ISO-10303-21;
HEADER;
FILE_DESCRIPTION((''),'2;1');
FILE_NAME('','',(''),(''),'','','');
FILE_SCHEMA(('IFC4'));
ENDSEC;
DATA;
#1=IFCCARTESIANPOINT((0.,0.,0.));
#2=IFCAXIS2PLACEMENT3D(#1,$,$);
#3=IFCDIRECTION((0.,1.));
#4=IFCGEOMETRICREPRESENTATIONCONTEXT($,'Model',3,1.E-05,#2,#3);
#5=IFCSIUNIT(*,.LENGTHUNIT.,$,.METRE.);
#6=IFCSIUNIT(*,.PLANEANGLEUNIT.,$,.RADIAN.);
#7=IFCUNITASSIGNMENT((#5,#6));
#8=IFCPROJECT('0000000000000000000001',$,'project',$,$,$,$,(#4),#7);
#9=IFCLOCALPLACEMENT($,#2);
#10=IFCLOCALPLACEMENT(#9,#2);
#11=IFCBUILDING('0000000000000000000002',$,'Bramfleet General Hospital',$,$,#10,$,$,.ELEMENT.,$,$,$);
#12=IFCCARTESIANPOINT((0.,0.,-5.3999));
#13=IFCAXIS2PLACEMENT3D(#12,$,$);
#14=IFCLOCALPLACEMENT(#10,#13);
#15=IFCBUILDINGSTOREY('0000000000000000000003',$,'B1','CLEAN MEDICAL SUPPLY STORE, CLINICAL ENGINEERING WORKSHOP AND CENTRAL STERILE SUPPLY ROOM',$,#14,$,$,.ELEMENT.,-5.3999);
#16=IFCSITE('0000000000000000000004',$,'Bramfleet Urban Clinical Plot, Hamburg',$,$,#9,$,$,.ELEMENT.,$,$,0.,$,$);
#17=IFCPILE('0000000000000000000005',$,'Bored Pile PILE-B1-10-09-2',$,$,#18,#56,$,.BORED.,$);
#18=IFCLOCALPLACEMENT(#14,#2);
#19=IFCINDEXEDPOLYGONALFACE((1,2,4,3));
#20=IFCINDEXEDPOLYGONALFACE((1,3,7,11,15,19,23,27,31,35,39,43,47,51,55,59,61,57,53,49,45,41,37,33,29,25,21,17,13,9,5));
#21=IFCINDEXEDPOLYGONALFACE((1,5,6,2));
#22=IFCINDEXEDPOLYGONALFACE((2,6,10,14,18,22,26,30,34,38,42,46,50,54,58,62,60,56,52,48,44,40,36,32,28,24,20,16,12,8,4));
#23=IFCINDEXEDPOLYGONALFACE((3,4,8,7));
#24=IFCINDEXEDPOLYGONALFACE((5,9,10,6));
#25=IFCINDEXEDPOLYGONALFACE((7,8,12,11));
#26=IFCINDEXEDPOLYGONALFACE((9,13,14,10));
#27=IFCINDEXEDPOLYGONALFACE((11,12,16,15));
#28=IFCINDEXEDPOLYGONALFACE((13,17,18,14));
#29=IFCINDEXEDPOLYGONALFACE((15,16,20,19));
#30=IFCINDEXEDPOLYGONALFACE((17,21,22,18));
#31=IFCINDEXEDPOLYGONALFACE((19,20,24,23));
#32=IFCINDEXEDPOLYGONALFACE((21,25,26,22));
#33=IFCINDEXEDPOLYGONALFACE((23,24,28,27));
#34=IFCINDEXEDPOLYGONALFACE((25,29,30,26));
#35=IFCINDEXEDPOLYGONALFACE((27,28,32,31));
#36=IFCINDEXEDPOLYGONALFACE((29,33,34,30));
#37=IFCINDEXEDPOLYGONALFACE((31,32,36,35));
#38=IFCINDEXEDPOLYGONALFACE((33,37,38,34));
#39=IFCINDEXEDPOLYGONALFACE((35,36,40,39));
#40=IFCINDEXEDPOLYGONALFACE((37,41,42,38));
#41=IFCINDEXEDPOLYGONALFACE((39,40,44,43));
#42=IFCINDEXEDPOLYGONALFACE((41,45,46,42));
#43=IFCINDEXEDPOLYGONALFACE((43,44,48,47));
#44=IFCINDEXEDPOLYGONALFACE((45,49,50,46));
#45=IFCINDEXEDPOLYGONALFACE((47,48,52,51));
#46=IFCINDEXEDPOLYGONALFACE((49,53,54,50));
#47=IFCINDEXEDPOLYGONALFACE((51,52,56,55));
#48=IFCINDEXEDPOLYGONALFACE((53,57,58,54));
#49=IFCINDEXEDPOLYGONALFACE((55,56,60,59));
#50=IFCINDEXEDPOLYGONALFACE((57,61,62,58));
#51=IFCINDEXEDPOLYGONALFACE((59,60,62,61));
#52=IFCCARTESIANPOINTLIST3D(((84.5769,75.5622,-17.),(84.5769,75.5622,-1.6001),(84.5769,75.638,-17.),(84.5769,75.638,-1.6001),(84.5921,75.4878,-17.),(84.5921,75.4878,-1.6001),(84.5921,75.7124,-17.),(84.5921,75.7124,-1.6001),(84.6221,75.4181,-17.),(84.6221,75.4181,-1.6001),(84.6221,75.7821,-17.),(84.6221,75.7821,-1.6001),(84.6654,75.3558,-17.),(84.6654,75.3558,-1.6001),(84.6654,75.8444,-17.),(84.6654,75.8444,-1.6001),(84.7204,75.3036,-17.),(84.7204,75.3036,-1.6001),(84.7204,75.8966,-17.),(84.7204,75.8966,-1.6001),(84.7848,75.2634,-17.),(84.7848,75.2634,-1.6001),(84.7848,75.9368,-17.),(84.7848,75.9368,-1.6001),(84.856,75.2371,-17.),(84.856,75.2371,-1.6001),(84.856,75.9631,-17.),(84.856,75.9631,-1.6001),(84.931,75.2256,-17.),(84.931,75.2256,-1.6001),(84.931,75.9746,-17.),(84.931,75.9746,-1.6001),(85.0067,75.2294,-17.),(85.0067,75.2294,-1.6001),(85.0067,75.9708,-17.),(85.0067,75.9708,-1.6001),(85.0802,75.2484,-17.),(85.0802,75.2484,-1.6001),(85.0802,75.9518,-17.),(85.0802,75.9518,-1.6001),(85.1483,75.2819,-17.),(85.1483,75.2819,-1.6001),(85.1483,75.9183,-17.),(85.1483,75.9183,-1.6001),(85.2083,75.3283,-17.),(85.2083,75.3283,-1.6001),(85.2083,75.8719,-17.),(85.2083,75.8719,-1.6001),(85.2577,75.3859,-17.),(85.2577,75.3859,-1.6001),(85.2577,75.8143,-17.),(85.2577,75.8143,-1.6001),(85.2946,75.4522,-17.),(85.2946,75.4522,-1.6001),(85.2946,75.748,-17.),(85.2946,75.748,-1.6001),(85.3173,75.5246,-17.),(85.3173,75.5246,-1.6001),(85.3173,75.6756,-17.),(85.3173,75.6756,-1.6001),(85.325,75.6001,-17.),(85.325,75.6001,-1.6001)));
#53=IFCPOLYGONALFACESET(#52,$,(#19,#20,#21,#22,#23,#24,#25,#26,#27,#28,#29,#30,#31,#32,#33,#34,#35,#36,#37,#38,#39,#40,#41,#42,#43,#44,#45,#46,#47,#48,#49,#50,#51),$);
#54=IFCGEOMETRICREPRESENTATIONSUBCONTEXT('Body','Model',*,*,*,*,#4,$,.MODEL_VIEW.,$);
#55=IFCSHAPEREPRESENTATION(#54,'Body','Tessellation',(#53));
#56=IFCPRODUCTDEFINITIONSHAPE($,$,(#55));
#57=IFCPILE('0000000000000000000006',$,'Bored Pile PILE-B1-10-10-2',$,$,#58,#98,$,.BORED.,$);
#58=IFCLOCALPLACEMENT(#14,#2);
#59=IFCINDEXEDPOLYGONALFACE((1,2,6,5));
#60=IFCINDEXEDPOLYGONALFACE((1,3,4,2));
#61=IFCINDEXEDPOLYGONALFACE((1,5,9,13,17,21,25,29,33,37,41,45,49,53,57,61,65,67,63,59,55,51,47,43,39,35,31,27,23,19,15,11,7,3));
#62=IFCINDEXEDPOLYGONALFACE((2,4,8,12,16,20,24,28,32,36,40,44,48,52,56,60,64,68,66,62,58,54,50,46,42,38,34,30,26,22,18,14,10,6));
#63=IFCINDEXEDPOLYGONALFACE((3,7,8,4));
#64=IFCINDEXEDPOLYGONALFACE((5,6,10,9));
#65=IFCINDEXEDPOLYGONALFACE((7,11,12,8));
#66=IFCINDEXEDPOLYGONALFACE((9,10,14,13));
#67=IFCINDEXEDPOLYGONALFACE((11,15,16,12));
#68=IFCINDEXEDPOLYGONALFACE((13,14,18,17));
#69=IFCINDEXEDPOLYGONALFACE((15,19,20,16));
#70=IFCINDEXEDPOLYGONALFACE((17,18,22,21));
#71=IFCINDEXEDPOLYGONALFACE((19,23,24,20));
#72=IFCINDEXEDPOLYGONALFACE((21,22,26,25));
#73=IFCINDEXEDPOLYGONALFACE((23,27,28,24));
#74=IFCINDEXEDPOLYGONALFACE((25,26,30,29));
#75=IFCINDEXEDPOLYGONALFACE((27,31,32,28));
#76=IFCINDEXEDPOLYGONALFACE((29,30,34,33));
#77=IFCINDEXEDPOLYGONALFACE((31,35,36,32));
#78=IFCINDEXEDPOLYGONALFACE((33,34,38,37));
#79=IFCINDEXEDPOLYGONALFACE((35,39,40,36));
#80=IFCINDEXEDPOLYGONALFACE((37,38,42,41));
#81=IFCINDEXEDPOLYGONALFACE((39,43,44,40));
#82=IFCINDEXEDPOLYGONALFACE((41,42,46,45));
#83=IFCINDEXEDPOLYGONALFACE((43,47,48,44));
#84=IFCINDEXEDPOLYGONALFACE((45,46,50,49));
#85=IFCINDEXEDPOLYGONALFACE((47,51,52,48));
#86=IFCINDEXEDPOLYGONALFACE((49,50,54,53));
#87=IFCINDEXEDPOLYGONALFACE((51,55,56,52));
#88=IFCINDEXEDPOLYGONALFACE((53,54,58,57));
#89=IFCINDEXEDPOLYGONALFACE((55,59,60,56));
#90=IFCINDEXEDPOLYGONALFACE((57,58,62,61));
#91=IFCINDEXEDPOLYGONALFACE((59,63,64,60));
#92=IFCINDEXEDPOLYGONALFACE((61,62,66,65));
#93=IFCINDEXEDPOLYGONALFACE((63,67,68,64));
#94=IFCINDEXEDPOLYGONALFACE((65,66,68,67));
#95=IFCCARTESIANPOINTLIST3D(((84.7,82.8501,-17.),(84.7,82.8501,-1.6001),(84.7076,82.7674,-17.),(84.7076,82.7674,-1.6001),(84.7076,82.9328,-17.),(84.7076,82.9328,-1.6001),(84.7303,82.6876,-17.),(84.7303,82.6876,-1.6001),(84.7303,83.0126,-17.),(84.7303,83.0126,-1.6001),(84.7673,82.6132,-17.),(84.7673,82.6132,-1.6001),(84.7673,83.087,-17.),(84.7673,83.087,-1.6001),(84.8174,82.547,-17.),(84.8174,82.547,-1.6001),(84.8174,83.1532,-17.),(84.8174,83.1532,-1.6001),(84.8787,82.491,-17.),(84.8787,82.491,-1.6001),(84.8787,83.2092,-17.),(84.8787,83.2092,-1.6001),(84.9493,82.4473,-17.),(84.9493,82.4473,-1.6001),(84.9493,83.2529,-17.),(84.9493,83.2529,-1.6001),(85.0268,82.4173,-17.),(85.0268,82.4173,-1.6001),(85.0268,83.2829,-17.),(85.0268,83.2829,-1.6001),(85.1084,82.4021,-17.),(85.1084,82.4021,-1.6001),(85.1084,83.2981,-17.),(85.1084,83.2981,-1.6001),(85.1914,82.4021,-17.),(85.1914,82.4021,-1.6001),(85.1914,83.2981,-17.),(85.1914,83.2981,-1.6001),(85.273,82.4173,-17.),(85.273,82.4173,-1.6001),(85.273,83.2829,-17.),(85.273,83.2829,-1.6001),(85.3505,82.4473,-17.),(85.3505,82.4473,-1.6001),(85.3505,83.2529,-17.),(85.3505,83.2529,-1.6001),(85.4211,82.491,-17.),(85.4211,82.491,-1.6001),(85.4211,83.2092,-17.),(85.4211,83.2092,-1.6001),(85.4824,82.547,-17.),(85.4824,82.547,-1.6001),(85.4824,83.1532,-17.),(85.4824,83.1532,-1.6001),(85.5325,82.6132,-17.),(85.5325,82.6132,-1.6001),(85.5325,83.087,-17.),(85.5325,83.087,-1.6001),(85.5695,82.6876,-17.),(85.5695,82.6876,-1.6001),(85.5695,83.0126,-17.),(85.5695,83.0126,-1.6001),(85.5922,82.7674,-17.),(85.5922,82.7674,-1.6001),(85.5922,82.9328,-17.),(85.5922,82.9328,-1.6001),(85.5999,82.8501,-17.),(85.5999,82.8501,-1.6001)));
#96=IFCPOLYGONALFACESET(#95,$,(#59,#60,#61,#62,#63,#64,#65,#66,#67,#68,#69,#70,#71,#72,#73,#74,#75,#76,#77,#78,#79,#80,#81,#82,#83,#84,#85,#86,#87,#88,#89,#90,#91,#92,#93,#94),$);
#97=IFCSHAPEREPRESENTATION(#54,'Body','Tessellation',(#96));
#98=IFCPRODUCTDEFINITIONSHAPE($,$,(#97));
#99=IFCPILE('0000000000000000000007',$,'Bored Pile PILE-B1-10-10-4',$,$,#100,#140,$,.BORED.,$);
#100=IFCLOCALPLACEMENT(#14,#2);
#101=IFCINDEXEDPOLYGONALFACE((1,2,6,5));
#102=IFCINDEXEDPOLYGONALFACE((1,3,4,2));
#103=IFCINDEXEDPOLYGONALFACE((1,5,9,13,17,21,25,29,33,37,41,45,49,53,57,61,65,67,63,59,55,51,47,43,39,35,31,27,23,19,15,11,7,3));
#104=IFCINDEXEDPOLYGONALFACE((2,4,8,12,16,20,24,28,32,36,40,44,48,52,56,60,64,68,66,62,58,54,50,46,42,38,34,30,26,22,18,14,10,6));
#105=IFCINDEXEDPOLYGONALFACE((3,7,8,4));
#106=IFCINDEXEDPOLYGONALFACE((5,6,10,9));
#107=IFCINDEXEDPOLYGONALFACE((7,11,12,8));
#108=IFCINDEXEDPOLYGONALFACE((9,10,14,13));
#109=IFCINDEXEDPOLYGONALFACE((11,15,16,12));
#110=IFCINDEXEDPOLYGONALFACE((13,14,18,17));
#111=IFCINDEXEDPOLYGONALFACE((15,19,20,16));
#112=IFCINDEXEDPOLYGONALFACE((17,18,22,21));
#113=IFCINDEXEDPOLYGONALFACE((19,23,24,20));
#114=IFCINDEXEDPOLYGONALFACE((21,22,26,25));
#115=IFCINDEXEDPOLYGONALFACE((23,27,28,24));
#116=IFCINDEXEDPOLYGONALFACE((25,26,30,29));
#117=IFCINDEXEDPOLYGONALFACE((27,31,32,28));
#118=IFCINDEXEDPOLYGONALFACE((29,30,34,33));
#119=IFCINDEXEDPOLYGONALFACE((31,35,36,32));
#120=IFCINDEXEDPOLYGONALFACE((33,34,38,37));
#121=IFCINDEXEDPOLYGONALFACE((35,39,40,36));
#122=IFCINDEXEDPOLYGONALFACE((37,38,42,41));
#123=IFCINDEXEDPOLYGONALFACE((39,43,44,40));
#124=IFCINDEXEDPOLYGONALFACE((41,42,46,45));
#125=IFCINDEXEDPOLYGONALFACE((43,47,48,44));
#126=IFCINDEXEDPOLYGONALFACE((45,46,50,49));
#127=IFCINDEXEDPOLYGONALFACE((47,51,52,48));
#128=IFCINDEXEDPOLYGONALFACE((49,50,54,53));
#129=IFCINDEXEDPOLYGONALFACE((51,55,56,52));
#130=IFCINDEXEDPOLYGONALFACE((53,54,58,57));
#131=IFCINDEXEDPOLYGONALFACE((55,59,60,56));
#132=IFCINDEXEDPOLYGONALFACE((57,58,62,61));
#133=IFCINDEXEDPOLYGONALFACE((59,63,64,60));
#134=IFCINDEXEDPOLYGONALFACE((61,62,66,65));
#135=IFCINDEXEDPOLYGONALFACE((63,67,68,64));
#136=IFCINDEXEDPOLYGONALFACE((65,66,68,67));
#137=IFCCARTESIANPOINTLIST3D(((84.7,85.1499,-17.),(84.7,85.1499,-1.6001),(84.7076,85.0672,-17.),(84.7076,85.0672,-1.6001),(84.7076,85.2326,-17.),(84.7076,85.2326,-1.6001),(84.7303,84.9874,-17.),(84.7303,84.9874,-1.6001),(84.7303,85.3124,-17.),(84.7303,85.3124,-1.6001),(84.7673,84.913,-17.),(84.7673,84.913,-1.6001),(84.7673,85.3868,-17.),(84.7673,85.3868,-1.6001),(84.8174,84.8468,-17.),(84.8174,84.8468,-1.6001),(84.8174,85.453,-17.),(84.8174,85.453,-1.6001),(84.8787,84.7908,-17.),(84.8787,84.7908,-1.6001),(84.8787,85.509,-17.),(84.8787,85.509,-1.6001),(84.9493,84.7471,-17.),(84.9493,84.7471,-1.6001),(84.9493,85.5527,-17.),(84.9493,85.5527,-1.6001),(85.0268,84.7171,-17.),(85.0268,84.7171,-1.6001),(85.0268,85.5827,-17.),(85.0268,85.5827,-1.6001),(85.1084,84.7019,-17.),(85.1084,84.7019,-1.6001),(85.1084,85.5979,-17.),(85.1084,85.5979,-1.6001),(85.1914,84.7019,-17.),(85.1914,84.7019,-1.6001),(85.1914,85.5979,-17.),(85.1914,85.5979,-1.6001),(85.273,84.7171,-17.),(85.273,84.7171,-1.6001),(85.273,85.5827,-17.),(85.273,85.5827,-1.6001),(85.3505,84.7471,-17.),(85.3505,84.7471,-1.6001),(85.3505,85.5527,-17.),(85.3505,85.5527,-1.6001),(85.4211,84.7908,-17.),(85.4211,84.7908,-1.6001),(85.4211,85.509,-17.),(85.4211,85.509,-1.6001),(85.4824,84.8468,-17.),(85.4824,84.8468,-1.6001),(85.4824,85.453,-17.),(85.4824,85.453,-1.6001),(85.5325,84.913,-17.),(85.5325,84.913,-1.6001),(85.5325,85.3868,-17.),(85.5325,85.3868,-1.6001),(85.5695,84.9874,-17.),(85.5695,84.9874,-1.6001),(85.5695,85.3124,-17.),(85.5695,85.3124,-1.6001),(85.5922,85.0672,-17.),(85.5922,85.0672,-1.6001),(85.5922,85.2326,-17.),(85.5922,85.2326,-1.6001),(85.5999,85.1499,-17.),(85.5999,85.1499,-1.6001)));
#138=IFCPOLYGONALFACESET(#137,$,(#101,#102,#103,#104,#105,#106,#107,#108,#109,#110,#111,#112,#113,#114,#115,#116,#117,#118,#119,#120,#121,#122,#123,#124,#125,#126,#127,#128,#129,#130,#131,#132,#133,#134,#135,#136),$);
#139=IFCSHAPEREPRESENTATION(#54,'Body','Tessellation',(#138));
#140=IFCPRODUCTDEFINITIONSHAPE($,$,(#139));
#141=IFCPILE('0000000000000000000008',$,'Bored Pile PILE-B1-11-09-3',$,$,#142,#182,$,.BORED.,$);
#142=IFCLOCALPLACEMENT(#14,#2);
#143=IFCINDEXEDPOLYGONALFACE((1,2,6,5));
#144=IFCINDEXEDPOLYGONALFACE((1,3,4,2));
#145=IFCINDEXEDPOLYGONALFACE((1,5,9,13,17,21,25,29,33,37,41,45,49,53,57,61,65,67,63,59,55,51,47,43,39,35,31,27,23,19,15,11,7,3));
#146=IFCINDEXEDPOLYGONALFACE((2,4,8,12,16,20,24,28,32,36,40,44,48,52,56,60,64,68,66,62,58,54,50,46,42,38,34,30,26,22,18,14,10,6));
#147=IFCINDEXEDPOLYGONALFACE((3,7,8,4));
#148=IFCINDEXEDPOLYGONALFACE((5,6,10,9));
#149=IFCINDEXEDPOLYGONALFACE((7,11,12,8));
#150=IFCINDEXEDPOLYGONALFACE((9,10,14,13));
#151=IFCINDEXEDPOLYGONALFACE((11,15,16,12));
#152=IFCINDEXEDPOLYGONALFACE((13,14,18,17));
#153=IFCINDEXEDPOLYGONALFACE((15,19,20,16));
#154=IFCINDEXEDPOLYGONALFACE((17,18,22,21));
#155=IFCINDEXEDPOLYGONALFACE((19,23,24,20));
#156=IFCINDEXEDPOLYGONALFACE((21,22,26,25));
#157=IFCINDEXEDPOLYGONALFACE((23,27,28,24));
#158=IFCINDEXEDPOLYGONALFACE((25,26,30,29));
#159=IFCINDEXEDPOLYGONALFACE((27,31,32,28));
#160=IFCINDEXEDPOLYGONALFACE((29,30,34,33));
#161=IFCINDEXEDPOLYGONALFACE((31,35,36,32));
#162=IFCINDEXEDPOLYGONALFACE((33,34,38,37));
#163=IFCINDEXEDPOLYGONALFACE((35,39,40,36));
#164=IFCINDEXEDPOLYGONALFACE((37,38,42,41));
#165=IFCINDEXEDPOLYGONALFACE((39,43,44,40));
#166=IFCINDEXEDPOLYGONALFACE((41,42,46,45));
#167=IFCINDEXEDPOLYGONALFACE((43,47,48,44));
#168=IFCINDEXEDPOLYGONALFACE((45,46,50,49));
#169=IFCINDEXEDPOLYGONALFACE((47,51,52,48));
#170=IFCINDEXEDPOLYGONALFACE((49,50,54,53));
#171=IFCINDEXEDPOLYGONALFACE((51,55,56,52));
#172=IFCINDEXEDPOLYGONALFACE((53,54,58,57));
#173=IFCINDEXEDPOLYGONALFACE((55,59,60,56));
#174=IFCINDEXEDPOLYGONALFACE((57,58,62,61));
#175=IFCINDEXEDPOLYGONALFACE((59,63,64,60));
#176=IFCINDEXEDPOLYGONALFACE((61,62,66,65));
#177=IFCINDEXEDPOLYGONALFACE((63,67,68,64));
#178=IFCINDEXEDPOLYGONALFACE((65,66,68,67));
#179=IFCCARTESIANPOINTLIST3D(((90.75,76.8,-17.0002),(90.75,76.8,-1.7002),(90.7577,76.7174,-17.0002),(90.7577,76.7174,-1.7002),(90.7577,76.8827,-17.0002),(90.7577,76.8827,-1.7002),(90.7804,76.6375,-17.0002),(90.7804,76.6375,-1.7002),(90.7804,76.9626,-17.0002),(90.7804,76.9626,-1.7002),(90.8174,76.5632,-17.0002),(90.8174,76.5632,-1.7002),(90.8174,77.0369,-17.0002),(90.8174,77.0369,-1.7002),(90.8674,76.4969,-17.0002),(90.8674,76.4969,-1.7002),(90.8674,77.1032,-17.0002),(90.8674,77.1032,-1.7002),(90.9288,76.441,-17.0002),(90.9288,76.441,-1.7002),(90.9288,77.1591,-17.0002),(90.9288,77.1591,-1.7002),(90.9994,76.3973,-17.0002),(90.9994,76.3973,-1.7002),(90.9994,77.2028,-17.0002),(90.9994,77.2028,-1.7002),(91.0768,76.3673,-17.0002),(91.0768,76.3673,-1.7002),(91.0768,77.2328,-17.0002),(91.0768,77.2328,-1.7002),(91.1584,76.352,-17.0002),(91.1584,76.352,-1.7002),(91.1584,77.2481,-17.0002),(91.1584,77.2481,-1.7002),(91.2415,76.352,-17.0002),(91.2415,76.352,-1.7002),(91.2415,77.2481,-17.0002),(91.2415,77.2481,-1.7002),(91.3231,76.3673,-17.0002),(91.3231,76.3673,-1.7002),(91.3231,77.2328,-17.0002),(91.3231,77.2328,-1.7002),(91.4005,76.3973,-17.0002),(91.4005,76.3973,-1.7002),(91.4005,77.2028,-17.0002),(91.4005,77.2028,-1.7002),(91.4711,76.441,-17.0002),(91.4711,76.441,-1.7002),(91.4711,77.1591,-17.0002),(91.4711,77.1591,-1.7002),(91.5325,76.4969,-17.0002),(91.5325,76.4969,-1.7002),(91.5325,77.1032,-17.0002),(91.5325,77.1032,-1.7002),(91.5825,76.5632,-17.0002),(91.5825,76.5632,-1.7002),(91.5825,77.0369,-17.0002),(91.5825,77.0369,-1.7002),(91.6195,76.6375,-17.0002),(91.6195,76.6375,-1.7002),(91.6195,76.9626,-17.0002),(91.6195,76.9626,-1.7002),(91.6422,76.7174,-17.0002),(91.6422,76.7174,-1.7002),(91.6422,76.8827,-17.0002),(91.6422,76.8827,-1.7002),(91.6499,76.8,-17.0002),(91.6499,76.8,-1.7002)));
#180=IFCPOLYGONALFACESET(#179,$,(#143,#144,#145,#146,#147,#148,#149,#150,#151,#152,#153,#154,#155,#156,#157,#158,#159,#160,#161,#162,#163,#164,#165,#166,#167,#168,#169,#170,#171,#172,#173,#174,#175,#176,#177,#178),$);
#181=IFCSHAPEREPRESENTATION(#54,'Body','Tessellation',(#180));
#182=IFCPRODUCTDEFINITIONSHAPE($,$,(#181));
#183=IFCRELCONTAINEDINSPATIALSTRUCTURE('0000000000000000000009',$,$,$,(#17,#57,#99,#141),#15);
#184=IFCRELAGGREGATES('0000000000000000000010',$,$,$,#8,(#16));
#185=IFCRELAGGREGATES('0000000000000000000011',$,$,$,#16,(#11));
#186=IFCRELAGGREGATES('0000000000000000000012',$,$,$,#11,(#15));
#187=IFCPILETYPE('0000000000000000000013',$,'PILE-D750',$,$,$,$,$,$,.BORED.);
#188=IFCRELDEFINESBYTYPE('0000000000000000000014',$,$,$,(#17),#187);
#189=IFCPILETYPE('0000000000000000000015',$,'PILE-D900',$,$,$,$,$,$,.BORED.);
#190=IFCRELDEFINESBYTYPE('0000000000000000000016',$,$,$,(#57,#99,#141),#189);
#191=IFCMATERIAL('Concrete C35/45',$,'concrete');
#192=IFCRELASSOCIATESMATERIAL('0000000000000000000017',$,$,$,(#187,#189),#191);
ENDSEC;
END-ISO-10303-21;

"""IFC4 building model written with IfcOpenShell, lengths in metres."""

from ifc_helpers import new_model, si_unit, direction, frame, origin, origin_2d, place, context, subcontext, project, spatial, circle, extrude, material, material_profile, profile_set, type_object, element, save


model = new_model("IFC4")

# Units and contexts
model_context = context("Model", 3, precision=1e-05, world=origin(), true_north=direction((0.0, 1.0)))
body_context = subcontext(model_context, "Body", "Model", "MODEL_VIEW")
ifc_project = project(units=[si_unit("LENGTHUNIT", "METRE"), si_unit("PLANEANGLEUNIT", "RADIAN")], contexts=[model_context])

# Site, building, storey
site_placement = place(None, origin())
site = spatial("IfcSite", under=ifc_project, at=site_placement, Name="Bramfleet Urban Clinical Plot, Hamburg", CompositionType="ELEMENT", RefElevation=0.0)
building_placement = place(site_placement, origin())
building = spatial("IfcBuilding", under=site, at=building_placement, Name="Bramfleet General Hospital", CompositionType="ELEMENT")
storey_placement = place(building_placement, frame((0.0, 0.0, -5.3999)))
storey = spatial("IfcBuildingStorey", under=building, at=storey_placement, Name="B1", Description="CLEAN MEDICAL SUPPLY STORE, CLINICAL ENGINEERING WORKSHOP AND CENTRAL STERILE SUPPLY ROOM", CompositionType="ELEMENT", Elevation=-5.3999)

# Shared definitions
ifc_material_1 = material(Name="Concrete C35/45", Category="concrete")

# Piles
ifc_material_profile_1 = material_profile(ifc_material_1, circle(Radius=0.375, at=origin_2d()), Name="PILE BORED D750")
ifc_profile_set_1 = profile_set([ifc_material_profile_1], Name="Concrete C35/45")
pile_type_1 = type_object("IfcPileType", Name="PILE-D750", PredefinedType="BORED", material=ifc_profile_set_1)
pile_1_placement = place(storey_placement, frame((84.95, 75.6001, -1.6001), z_axis=(0.0, 0.0, -1.0), x_axis=(1.0, 0.0, 0.0)))
element("IfcPile", 1, at=pile_1_placement, inside=storey, type_object=pile_type_1, Name="Bored Pile PILE-B1-10-09-2", PredefinedType="BORED", context=body_context, shape_type="SweptSolid", body=[
    extrude(circle(Radius=0.375, at=origin_2d()), origin(), (0.0, 0.0, 1.0), 15.3999),
])
ifc_material_profile_2 = material_profile(ifc_material_1, circle(Radius=0.45, at=origin_2d()), Name="PILE BORED D900")
ifc_profile_set_2 = profile_set([ifc_material_profile_2], Name="Concrete C35/45")
pile_type_2 = type_object("IfcPileType", Name="PILE-D900", PredefinedType="BORED", material=ifc_profile_set_2)
for number, where, z_axis, x_axis, name in (
    (2, (85.1499, 82.8501, -1.6001), (0.0, 0.0, -1.0), (1.0, 0.0, 0.0), "Bored Pile PILE-B1-10-10-2"),
    (3, (85.1499, 85.1499, -1.6001), (0.0, 0.0, -1.0), (1.0, 0.0, 0.0), "Bored Pile PILE-B1-10-10-4"),
):
    element("IfcPile", number, at=place(storey_placement, frame(where, z_axis=z_axis, x_axis=x_axis)), inside=storey, type_object=pile_type_2, Name=name, PredefinedType="BORED", context=body_context, shape_type="SweptSolid", body=[
        extrude(circle(Radius=0.45, at=origin_2d()), origin(), (0.0, 0.0, 1.0), 15.3999),
    ])
for number, where, z_axis, x_axis, name in (
    (4, (91.2, 76.8, -1.7002), (0.0, 0.0, -1.0), (1.0, 0.0, 0.0), "Bored Pile PILE-B1-11-09-3"),
):
    element("IfcPile", number, at=place(storey_placement, frame(where, z_axis=z_axis, x_axis=x_axis)), inside=storey, type_object=pile_type_2, Name=name, PredefinedType="BORED", context=body_context, shape_type="SweptSolid", body=[
        extrude(circle(Radius=0.45, at=origin_2d()), origin(), (0.0, 0.0, 1.0), 15.3),
    ])

save(model, "model.ifc")
